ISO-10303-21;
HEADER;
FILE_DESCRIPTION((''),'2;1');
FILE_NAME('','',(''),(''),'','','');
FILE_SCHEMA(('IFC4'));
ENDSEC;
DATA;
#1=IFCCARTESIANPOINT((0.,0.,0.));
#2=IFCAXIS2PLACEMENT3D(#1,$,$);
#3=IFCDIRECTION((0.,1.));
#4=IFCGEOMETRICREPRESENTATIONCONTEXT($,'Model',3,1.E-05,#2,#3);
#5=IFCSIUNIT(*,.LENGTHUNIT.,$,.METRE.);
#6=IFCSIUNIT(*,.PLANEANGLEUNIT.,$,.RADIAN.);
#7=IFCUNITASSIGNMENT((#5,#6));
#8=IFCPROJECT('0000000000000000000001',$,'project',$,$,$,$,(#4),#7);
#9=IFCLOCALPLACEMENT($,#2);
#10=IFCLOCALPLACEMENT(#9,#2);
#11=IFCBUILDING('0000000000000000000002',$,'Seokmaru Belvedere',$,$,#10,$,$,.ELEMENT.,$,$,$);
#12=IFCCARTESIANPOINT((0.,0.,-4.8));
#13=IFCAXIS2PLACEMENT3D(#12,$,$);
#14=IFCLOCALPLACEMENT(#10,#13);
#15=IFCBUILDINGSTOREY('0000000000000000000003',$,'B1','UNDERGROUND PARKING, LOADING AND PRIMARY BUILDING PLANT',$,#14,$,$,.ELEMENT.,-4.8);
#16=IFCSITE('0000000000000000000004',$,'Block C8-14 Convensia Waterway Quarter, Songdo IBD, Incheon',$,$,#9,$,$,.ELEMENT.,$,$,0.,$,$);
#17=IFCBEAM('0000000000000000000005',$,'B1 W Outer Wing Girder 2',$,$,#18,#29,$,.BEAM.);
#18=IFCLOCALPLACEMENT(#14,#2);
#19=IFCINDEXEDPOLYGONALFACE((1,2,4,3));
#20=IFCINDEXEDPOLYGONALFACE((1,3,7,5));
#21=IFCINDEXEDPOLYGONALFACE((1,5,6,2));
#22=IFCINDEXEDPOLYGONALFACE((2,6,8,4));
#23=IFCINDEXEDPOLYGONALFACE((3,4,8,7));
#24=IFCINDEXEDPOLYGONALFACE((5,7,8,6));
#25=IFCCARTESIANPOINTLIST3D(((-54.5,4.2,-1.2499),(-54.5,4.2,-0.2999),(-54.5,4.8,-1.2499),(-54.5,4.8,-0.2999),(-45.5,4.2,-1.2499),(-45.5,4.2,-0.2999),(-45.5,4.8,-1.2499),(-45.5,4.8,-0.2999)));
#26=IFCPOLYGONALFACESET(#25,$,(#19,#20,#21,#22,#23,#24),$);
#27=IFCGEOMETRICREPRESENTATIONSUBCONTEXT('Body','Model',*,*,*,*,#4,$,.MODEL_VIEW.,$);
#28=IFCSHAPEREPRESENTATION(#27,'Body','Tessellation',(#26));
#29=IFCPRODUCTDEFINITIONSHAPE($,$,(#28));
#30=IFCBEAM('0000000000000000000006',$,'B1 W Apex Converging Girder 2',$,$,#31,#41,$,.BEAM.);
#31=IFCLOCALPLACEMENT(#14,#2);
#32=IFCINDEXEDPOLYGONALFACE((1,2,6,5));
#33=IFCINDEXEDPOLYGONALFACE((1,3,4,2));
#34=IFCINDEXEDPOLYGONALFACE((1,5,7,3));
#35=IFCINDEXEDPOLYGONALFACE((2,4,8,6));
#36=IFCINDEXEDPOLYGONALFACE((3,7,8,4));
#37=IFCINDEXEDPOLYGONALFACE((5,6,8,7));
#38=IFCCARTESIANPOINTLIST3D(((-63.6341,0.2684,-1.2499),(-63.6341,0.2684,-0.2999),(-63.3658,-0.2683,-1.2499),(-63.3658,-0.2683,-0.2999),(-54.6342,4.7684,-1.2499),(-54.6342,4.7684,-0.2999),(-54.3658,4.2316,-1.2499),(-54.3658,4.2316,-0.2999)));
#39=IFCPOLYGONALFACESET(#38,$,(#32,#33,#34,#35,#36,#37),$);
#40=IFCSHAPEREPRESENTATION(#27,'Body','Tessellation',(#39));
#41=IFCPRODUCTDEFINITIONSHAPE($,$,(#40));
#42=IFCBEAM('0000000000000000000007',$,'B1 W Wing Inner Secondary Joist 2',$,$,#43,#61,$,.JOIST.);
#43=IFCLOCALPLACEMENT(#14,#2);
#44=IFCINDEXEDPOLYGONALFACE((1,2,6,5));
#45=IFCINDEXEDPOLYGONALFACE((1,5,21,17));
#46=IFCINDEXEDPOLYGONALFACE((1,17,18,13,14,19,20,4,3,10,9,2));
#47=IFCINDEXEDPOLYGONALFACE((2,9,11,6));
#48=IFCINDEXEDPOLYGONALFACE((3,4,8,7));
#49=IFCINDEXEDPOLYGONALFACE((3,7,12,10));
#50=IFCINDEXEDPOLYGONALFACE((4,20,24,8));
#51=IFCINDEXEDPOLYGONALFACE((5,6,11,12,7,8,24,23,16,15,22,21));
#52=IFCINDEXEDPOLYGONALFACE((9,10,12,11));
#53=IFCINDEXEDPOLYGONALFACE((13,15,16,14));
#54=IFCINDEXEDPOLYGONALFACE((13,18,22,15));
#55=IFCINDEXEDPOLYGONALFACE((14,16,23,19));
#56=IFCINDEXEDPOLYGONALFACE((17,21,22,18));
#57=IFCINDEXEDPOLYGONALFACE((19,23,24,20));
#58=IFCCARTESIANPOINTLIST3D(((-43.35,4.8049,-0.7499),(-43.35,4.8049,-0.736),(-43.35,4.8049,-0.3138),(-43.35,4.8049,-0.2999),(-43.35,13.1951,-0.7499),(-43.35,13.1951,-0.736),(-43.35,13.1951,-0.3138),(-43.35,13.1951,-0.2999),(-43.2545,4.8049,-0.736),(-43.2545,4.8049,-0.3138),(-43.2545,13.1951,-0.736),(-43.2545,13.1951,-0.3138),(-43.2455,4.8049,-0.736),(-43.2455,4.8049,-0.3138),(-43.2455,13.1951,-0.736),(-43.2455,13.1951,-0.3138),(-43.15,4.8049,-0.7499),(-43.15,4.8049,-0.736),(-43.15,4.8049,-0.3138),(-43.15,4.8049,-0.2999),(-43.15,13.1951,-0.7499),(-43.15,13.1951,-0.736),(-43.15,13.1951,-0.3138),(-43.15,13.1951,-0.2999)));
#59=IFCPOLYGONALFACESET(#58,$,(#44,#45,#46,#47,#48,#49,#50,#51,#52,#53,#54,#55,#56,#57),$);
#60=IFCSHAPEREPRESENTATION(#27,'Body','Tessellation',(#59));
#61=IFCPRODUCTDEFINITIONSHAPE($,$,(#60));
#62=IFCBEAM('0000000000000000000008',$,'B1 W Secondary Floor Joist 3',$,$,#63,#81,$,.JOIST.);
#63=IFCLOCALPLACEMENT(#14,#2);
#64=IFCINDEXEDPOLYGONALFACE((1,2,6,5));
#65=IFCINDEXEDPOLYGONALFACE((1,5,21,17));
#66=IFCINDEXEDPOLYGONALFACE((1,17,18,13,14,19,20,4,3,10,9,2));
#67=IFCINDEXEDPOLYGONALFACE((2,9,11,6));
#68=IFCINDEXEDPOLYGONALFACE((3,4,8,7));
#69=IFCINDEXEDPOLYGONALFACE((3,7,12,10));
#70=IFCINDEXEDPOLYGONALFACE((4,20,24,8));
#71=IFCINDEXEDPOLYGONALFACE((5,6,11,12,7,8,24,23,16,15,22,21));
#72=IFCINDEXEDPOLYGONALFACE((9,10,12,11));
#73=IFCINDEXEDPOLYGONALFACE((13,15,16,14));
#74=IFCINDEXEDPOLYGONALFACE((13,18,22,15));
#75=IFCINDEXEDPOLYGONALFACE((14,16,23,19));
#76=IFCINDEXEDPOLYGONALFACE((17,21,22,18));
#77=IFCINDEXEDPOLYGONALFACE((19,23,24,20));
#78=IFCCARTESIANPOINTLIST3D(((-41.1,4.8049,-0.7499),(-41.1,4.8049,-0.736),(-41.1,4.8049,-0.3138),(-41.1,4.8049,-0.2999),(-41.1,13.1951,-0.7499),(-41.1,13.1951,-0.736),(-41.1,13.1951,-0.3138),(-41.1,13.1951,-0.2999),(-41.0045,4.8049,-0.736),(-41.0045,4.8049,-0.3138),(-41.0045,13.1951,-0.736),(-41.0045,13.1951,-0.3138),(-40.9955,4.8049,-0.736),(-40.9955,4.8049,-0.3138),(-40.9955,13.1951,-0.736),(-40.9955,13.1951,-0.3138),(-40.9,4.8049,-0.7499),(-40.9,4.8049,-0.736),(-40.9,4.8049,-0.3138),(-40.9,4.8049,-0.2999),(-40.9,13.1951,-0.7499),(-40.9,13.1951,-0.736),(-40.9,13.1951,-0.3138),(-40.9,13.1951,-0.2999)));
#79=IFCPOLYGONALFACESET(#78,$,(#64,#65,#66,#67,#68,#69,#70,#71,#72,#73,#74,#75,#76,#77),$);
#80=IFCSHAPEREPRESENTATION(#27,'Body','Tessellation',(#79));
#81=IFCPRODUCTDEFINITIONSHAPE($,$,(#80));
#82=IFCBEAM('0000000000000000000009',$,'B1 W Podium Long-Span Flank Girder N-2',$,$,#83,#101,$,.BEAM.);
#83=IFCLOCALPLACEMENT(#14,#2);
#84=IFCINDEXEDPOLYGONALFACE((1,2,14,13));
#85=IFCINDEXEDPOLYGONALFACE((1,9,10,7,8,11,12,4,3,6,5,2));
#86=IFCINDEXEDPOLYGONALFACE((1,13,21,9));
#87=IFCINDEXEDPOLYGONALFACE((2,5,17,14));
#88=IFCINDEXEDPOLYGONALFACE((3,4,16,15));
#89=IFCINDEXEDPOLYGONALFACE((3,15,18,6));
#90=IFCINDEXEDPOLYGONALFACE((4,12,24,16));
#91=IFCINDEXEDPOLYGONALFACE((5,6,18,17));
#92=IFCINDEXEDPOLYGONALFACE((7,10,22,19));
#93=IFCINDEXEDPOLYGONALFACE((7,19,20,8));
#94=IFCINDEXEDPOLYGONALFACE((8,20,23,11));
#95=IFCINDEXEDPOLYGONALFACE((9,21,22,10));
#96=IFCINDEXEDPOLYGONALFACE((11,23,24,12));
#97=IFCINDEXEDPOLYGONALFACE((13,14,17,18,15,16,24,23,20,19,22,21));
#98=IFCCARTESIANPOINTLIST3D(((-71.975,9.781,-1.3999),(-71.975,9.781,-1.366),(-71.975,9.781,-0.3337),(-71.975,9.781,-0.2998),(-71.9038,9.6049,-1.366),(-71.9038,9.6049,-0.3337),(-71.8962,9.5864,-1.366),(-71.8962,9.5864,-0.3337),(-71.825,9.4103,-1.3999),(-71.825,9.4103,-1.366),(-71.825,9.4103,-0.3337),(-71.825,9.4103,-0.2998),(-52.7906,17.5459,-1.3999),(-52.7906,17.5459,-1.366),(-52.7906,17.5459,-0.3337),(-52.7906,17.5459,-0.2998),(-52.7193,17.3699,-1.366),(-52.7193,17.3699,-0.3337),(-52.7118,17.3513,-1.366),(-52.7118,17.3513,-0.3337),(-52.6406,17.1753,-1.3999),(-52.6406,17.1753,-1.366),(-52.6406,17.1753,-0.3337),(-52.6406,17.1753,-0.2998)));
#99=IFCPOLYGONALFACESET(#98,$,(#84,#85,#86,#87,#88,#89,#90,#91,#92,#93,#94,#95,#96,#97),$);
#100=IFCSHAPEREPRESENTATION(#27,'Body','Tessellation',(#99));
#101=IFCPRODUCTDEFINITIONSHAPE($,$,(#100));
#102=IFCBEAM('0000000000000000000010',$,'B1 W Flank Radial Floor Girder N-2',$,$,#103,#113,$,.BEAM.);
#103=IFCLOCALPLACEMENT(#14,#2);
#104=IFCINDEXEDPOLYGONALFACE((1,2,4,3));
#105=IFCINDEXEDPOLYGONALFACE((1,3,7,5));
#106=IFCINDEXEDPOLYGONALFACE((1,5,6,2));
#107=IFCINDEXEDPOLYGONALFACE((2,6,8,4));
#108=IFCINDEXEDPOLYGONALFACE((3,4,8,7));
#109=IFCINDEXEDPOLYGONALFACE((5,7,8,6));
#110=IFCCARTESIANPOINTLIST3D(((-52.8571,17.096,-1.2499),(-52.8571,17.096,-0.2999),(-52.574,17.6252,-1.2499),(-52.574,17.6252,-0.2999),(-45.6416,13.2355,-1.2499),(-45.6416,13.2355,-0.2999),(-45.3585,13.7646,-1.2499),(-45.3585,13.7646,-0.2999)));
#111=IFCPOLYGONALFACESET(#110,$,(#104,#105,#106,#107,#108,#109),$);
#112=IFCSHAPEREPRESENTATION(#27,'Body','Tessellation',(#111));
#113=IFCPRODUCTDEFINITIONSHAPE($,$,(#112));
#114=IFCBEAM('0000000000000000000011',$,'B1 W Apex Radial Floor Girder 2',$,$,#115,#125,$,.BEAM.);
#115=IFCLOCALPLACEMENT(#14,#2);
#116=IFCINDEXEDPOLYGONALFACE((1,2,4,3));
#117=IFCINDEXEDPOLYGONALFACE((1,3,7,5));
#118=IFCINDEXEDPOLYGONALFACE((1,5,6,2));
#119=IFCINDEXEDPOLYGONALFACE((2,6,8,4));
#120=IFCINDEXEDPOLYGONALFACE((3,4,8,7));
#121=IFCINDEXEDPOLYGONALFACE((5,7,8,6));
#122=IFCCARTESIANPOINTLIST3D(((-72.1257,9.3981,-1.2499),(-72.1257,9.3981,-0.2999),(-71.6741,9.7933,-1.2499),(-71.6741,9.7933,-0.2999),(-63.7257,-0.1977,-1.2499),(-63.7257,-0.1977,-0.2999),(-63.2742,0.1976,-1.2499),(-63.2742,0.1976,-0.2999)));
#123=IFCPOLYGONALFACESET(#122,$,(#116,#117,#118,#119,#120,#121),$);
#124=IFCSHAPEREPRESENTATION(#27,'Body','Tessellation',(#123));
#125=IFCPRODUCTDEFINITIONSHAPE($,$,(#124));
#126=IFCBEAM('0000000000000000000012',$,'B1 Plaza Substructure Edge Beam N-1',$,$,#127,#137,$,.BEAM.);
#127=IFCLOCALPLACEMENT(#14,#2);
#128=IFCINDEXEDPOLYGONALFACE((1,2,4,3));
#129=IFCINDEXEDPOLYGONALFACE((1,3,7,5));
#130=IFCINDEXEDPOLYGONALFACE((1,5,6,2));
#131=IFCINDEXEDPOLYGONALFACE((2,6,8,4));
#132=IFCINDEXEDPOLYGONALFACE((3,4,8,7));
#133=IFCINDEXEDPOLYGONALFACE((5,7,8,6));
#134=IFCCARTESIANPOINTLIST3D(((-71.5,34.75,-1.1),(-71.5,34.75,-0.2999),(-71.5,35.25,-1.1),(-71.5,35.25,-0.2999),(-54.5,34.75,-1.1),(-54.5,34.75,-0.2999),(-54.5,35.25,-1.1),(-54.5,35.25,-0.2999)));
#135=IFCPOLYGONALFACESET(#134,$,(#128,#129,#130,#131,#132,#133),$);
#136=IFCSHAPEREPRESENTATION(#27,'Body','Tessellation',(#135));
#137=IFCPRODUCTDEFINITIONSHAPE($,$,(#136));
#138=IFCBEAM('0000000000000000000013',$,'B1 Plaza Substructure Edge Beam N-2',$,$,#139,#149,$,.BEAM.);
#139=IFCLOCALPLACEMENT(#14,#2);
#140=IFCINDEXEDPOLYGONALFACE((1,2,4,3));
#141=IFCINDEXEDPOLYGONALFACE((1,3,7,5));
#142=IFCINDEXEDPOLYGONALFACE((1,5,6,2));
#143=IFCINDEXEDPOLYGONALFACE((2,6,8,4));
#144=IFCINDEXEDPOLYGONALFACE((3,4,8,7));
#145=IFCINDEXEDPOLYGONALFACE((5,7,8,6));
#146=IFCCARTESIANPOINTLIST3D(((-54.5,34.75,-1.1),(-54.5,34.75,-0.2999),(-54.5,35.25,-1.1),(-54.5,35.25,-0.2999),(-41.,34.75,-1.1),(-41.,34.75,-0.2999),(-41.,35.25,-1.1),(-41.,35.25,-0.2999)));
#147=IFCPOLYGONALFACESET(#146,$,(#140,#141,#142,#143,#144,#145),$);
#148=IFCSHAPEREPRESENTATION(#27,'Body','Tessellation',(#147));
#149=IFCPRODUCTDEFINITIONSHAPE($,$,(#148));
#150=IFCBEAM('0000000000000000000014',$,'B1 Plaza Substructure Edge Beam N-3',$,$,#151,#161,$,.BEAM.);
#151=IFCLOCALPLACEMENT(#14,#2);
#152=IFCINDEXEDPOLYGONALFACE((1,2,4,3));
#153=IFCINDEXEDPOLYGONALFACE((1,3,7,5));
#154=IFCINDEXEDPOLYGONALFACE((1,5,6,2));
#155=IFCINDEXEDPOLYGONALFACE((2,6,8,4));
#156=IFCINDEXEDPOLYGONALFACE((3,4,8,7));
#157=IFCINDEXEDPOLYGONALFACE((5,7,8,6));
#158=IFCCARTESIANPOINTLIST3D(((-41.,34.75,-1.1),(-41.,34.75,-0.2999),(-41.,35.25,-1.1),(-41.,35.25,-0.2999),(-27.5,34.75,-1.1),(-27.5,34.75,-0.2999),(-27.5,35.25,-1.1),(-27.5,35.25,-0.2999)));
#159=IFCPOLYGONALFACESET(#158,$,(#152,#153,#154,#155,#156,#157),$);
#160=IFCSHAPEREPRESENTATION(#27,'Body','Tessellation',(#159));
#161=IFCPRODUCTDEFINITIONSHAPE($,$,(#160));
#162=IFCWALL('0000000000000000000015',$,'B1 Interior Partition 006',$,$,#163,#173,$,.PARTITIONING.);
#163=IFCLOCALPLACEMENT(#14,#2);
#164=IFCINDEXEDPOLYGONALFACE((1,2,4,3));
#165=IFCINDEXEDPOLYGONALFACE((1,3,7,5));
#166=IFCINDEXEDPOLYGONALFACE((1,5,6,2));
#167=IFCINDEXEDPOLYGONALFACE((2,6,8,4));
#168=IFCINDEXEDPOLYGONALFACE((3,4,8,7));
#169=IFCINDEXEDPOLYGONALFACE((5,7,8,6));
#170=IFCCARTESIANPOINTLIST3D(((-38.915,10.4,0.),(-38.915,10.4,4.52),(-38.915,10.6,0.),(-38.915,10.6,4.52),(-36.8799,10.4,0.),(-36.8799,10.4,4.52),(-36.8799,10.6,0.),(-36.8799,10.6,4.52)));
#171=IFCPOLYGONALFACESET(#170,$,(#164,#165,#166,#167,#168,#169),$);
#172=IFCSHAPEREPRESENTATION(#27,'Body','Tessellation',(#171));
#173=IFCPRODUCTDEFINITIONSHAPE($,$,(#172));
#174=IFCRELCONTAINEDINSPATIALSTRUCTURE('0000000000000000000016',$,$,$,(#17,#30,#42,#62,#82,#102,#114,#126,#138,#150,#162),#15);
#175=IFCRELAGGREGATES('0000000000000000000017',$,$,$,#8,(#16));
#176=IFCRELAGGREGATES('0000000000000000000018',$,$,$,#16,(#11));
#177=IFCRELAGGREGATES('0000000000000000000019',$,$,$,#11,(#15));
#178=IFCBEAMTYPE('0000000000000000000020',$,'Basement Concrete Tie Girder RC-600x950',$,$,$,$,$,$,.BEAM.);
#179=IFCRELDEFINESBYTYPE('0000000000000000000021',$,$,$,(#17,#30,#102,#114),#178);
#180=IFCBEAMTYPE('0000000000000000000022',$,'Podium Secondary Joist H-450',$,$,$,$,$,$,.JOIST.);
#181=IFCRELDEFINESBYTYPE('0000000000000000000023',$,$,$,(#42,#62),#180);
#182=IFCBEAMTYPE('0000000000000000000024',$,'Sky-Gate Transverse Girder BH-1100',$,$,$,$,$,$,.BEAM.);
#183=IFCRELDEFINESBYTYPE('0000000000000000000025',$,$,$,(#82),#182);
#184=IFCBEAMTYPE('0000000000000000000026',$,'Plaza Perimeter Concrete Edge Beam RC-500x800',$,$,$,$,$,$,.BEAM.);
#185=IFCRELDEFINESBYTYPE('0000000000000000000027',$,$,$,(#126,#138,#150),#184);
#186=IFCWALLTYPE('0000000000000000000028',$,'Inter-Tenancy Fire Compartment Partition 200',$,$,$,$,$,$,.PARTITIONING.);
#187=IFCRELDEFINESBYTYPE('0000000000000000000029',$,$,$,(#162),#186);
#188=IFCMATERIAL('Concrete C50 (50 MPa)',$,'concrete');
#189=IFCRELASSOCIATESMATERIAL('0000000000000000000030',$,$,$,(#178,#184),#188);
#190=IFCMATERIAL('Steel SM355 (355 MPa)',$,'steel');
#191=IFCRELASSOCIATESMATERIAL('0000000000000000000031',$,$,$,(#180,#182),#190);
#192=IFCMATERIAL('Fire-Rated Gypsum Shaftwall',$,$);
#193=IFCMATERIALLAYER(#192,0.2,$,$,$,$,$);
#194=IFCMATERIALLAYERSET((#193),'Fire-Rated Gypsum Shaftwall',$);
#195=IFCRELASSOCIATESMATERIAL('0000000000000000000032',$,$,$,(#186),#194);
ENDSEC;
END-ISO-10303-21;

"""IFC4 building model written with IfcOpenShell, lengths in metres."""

from ifc_helpers import new_model, si_unit, direction, frame, frame_2d, origin, origin_2d, place, context, subcontext, project, spatial, rectangle, i_section, extrude, source, transform, mapped, material, layer, layer_set, material_profile, profile_set, type_object, type_shapes, element, save


model = new_model("IFC4")

# Units and contexts
model_context = context("Model", 3, precision=1e-05, world=origin(), true_north=direction((0.0, 1.0)))
body_context = subcontext(model_context, "Body", "Model", "MODEL_VIEW")
ifc_project = project(units=[si_unit("LENGTHUNIT", "METRE"), si_unit("PLANEANGLEUNIT", "RADIAN")], contexts=[model_context])

# Site, building, storey
site_placement = place(None, origin())
site = spatial("IfcSite", under=ifc_project, at=site_placement, Name="Block C8-14 Convensia Waterway Quarter, Songdo IBD, Incheon", CompositionType="ELEMENT", RefElevation=0.0)
building_placement = place(site_placement, origin())
building = spatial("IfcBuilding", under=site, at=building_placement, Name="Seokmaru Belvedere", CompositionType="ELEMENT")
storey_placement = place(building_placement, frame((0.0, 0.0, -4.8)))
storey = spatial("IfcBuildingStorey", under=building, at=storey_placement, Name="B1", Description="UNDERGROUND PARKING, LOADING AND PRIMARY BUILDING PLANT", CompositionType="ELEMENT", Elevation=-4.8)

# Shared definitions
ifc_material_1 = material(Name="Steel SM355 (355 MPa)", Category="steel")
ifc_material_2 = material(Name="Concrete C50 (50 MPa)", Category="concrete")

# Beams
ifc_material_profile_1 = material_profile(ifc_material_2, rectangle(XDim=0.6001, YDim=0.95, at=origin_2d()), Name="RC-600x950")
ifc_profile_set_1 = profile_set([ifc_material_profile_1], Name="Concrete C50 (50 MPa)")
beam_type_1 = type_object("IfcBeamType", Name="Basement Concrete Tie Girder RC-600x950", PredefinedType="BEAM", material=ifc_profile_set_1)
shared_shape_1 = source(origin(), body_context, "Body", "SweptSolid", [
    extrude(rectangle(XDim=0.6001, YDim=0.95, at=origin_2d()), origin(), (0.0, 0.0, 1.0), 9.0),
])
for number, where, z_axis, x_axis, name in (
    (1, (-54.5, 4.5, -0.7749), (1.0, 0.0, 0.0), (0.0, 1.0, 0.0), "B1 W Outer Wing Girder 2"),
):
    element("IfcBeam", number, at=place(storey_placement, frame(where, z_axis=z_axis, x_axis=x_axis)), inside=storey, type_object=beam_type_1, Name=name, PredefinedType="BEAM", context=body_context, shape_type="MappedRepresentation", body=[
        mapped(shared_shape_1, transform((0.0, 0.0, 0.0), scale=1.0)),
    ])
shared_shape_2 = source(origin(), body_context, "Body", "SweptSolid", [
    extrude(rectangle(XDim=0.6001, YDim=0.95, at=origin_2d()), origin(), (0.0, 0.0, 1.0), 10.0623),
])
beam_1_placement = place(storey_placement, frame((-54.5, 4.5, -0.7749), z_axis=(-0.894427, -0.447214, 0.0), x_axis=(0.447214, -0.894427, 0.0)))
element("IfcBeam", 2, at=beam_1_placement, inside=storey, type_object=beam_type_1, Name="B1 W Apex Converging Girder 2", PredefinedType="BEAM", context=body_context, shape_type="MappedRepresentation", body=[
    mapped(shared_shape_2, transform((0.0, 0.0, 0.0), scale=1.0)),
])
ifc_material_profile_2 = material_profile(ifc_material_1, i_section(OverallWidth=0.2, OverallDepth=0.45, WebThickness=0.009, FlangeThickness=0.0139, at=origin_2d()), Name="H-450x200x9x14")
ifc_profile_set_2 = profile_set([ifc_material_profile_2], Name="Steel SM355 (355 MPa)")
beam_type_2 = type_object("IfcBeamType", Name="Podium Secondary Joist H-450", PredefinedType="JOIST", material=ifc_profile_set_2)
shared_shape_3 = source(origin(), body_context, "Body", "SweptSolid", [
    extrude(i_section(OverallWidth=0.2, OverallDepth=0.45, WebThickness=0.009, FlangeThickness=0.0139, at=origin_2d()), origin(), (0.0, 0.0, 1.0), 8.3901),
])
type_shapes(beam_type_2, [shared_shape_3])
for number, where, z_axis, x_axis, name in (
    (3, (-43.25, 4.8049, -0.5249), (0.0, 1.0, 0.0), (-1.0, 0.0, 0.0), "B1 W Wing Inner Secondary Joist 2"),
    (4, (-41.0, 4.8049, -0.5249), (0.0, 1.0, 0.0), (-1.0, 0.0, 0.0), "B1 W Secondary Floor Joist 3"),
):
    element("IfcBeam", number, at=place(storey_placement, frame(where, z_axis=z_axis, x_axis=x_axis)), inside=storey, type_object=beam_type_2, Name=name, PredefinedType="JOIST", context=body_context, shape_type="MappedRepresentation", body=[
        mapped(shared_shape_3, transform((0.0, 0.0, 0.0), scale=1.0)),
    ])
ifc_material_profile_3 = material_profile(ifc_material_1, i_section(OverallWidth=0.3999, OverallDepth=1.1001, WebThickness=0.02, FlangeThickness=0.0339, at=origin_2d()), Name="BH-1100x400x20x34")
ifc_profile_set_3 = profile_set([ifc_material_profile_3], Name="Steel SM355 (355 MPa)")
beam_type_3 = type_object("IfcBeamType", Name="Sky-Gate Transverse Girder BH-1100", PredefinedType="BEAM", material=ifc_profile_set_3)
shared_shape_4 = source(origin(), body_context, "Body", "SweptSolid", [
    extrude(i_section(OverallWidth=0.3999, OverallDepth=1.1001, WebThickness=0.02, FlangeThickness=0.0339, at=origin_2d()), origin(), (0.0, 0.0, 1.0), 20.6963),
])
type_shapes(beam_type_3, [shared_shape_4])
beam_2_placement = place(storey_placement, frame((-52.7156, 17.3606, -0.8499), z_axis=(-0.92695, -0.375185, 0.0), x_axis=(0.375185, -0.92695, 0.0)))
element("IfcBeam", 5, at=beam_2_placement, inside=storey, type_object=beam_type_3, Name="B1 W Podium Long-Span Flank Girder N-2", PredefinedType="BEAM", context=body_context, shape_type="MappedRepresentation", body=[
    mapped(shared_shape_4, transform((0.0, 0.0, 0.0), scale=1.0)),
])
shared_shape_5 = source(origin(), body_context, "Body", "SweptSolid", [
    extrude(rectangle(XDim=0.6001, YDim=0.95, at=origin_2d()), origin(), (0.0, 0.0, 1.0), 8.1833),
])
beam_3_placement = place(storey_placement, frame((-52.7156, 17.3606, -0.7749), z_axis=(0.881729, -0.471757, 0.0), x_axis=(0.471757, 0.881729, 0.0)))
element("IfcBeam", 6, at=beam_3_placement, inside=storey, type_object=beam_type_1, Name="B1 W Flank Radial Floor Girder N-2", PredefinedType="BEAM", context=body_context, shape_type="MappedRepresentation", body=[
    mapped(shared_shape_5, transform((0.0, 0.0, 0.0), scale=1.0)),
])
shared_shape_6 = source(origin(), body_context, "Body", "SweptSolid", [
    extrude(rectangle(XDim=0.6001, YDim=0.95, at=origin_2d()), origin(), (0.0, 0.0, 1.0), 12.7529),
])
type_shapes(beam_type_1, [shared_shape_1, shared_shape_2, shared_shape_5, shared_shape_6])
beam_4_placement = place(storey_placement, frame((-71.8999, 9.5957, -0.7749), z_axis=(0.658667, -0.752434, 0.0), x_axis=(0.752434, 0.658667, 0.0)))
element("IfcBeam", 7, at=beam_4_placement, inside=storey, type_object=beam_type_1, Name="B1 W Apex Radial Floor Girder 2", PredefinedType="BEAM", context=body_context, shape_type="MappedRepresentation", body=[
    mapped(shared_shape_6, transform((0.0, 0.0, 0.0), scale=1.0)),
])
ifc_material_profile_4 = material_profile(ifc_material_2, rectangle(XDim=0.5, YDim=0.8, at=origin_2d()), Name="RC-500x800")
ifc_profile_set_4 = profile_set([ifc_material_profile_4], Name="Concrete C50 (50 MPa)")
beam_type_4 = type_object("IfcBeamType", Name="Plaza Perimeter Concrete Edge Beam RC-500x800", PredefinedType="BEAM", material=ifc_profile_set_4)
shared_shape_7 = source(origin(), body_context, "Body", "SweptSolid", [
    extrude(rectangle(XDim=0.5, YDim=0.8, at=origin_2d()), origin(), (0.0, 0.0, 1.0), 17.0),
])
beam_5_placement = place(storey_placement, frame((-71.5, 35.0, -0.7), z_axis=(1.0, 0.0, 0.0), x_axis=(0.0, 1.0, 0.0)))
element("IfcBeam", 8, at=beam_5_placement, inside=storey, type_object=beam_type_4, Name="B1 Plaza Substructure Edge Beam N-1", PredefinedType="BEAM", context=body_context, shape_type="MappedRepresentation", body=[
    mapped(shared_shape_7, transform((0.0, 0.0, 0.0), scale=1.0)),
])
shared_shape_8 = source(origin(), body_context, "Body", "SweptSolid", [
    extrude(rectangle(XDim=0.5, YDim=0.8, at=origin_2d()), origin(), (0.0, 0.0, 1.0), 13.5),
])
type_shapes(beam_type_4, [shared_shape_7, shared_shape_8])
for number, where, z_axis, x_axis, name in (
    (9, (-54.5, 35.0, -0.7), (1.0, 0.0, 0.0), (0.0, 1.0, 0.0), "B1 Plaza Substructure Edge Beam N-2"),
    (10, (-41.0, 35.0, -0.7), (1.0, 0.0, 0.0), (0.0, 1.0, 0.0), "B1 Plaza Substructure Edge Beam N-3"),
):
    element("IfcBeam", number, at=place(storey_placement, frame(where, z_axis=z_axis, x_axis=x_axis)), inside=storey, type_object=beam_type_4, Name=name, PredefinedType="BEAM", context=body_context, shape_type="MappedRepresentation", body=[
        mapped(shared_shape_8, transform((0.0, 0.0, 0.0), scale=1.0)),
    ])

# Wall
ifc_material_3 = material(Name="Fire-Rated Gypsum Shaftwall")
ifc_layer_1 = layer(ifc_material_3, 0.2)
ifc_layer_set_1 = layer_set([ifc_layer_1], Name="Fire-Rated Gypsum Shaftwall")
wall_type_1 = type_object("IfcWallType", Name="Inter-Tenancy Fire Compartment Partition 200", PredefinedType="PARTITIONING", material=ifc_layer_set_1)
wall_1_placement = place(storey_placement, frame((-38.915, 10.5, 0.0), z_axis=(0.0, 0.0, 1.0), x_axis=(1.0, 0.0, 0.0)))
element("IfcWall", 11, at=wall_1_placement, inside=storey, type_object=wall_type_1, Name="B1 Interior Partition 006", PredefinedType="PARTITIONING", context=body_context, shape_type="SweptSolid", body=[
    extrude(rectangle(XDim=2.0352, YDim=0.2, at=frame_2d((1.0176, 0.0))), origin(), (0.0, 0.0, 1.0), 4.52),
])

save(model, "model.ifc")
